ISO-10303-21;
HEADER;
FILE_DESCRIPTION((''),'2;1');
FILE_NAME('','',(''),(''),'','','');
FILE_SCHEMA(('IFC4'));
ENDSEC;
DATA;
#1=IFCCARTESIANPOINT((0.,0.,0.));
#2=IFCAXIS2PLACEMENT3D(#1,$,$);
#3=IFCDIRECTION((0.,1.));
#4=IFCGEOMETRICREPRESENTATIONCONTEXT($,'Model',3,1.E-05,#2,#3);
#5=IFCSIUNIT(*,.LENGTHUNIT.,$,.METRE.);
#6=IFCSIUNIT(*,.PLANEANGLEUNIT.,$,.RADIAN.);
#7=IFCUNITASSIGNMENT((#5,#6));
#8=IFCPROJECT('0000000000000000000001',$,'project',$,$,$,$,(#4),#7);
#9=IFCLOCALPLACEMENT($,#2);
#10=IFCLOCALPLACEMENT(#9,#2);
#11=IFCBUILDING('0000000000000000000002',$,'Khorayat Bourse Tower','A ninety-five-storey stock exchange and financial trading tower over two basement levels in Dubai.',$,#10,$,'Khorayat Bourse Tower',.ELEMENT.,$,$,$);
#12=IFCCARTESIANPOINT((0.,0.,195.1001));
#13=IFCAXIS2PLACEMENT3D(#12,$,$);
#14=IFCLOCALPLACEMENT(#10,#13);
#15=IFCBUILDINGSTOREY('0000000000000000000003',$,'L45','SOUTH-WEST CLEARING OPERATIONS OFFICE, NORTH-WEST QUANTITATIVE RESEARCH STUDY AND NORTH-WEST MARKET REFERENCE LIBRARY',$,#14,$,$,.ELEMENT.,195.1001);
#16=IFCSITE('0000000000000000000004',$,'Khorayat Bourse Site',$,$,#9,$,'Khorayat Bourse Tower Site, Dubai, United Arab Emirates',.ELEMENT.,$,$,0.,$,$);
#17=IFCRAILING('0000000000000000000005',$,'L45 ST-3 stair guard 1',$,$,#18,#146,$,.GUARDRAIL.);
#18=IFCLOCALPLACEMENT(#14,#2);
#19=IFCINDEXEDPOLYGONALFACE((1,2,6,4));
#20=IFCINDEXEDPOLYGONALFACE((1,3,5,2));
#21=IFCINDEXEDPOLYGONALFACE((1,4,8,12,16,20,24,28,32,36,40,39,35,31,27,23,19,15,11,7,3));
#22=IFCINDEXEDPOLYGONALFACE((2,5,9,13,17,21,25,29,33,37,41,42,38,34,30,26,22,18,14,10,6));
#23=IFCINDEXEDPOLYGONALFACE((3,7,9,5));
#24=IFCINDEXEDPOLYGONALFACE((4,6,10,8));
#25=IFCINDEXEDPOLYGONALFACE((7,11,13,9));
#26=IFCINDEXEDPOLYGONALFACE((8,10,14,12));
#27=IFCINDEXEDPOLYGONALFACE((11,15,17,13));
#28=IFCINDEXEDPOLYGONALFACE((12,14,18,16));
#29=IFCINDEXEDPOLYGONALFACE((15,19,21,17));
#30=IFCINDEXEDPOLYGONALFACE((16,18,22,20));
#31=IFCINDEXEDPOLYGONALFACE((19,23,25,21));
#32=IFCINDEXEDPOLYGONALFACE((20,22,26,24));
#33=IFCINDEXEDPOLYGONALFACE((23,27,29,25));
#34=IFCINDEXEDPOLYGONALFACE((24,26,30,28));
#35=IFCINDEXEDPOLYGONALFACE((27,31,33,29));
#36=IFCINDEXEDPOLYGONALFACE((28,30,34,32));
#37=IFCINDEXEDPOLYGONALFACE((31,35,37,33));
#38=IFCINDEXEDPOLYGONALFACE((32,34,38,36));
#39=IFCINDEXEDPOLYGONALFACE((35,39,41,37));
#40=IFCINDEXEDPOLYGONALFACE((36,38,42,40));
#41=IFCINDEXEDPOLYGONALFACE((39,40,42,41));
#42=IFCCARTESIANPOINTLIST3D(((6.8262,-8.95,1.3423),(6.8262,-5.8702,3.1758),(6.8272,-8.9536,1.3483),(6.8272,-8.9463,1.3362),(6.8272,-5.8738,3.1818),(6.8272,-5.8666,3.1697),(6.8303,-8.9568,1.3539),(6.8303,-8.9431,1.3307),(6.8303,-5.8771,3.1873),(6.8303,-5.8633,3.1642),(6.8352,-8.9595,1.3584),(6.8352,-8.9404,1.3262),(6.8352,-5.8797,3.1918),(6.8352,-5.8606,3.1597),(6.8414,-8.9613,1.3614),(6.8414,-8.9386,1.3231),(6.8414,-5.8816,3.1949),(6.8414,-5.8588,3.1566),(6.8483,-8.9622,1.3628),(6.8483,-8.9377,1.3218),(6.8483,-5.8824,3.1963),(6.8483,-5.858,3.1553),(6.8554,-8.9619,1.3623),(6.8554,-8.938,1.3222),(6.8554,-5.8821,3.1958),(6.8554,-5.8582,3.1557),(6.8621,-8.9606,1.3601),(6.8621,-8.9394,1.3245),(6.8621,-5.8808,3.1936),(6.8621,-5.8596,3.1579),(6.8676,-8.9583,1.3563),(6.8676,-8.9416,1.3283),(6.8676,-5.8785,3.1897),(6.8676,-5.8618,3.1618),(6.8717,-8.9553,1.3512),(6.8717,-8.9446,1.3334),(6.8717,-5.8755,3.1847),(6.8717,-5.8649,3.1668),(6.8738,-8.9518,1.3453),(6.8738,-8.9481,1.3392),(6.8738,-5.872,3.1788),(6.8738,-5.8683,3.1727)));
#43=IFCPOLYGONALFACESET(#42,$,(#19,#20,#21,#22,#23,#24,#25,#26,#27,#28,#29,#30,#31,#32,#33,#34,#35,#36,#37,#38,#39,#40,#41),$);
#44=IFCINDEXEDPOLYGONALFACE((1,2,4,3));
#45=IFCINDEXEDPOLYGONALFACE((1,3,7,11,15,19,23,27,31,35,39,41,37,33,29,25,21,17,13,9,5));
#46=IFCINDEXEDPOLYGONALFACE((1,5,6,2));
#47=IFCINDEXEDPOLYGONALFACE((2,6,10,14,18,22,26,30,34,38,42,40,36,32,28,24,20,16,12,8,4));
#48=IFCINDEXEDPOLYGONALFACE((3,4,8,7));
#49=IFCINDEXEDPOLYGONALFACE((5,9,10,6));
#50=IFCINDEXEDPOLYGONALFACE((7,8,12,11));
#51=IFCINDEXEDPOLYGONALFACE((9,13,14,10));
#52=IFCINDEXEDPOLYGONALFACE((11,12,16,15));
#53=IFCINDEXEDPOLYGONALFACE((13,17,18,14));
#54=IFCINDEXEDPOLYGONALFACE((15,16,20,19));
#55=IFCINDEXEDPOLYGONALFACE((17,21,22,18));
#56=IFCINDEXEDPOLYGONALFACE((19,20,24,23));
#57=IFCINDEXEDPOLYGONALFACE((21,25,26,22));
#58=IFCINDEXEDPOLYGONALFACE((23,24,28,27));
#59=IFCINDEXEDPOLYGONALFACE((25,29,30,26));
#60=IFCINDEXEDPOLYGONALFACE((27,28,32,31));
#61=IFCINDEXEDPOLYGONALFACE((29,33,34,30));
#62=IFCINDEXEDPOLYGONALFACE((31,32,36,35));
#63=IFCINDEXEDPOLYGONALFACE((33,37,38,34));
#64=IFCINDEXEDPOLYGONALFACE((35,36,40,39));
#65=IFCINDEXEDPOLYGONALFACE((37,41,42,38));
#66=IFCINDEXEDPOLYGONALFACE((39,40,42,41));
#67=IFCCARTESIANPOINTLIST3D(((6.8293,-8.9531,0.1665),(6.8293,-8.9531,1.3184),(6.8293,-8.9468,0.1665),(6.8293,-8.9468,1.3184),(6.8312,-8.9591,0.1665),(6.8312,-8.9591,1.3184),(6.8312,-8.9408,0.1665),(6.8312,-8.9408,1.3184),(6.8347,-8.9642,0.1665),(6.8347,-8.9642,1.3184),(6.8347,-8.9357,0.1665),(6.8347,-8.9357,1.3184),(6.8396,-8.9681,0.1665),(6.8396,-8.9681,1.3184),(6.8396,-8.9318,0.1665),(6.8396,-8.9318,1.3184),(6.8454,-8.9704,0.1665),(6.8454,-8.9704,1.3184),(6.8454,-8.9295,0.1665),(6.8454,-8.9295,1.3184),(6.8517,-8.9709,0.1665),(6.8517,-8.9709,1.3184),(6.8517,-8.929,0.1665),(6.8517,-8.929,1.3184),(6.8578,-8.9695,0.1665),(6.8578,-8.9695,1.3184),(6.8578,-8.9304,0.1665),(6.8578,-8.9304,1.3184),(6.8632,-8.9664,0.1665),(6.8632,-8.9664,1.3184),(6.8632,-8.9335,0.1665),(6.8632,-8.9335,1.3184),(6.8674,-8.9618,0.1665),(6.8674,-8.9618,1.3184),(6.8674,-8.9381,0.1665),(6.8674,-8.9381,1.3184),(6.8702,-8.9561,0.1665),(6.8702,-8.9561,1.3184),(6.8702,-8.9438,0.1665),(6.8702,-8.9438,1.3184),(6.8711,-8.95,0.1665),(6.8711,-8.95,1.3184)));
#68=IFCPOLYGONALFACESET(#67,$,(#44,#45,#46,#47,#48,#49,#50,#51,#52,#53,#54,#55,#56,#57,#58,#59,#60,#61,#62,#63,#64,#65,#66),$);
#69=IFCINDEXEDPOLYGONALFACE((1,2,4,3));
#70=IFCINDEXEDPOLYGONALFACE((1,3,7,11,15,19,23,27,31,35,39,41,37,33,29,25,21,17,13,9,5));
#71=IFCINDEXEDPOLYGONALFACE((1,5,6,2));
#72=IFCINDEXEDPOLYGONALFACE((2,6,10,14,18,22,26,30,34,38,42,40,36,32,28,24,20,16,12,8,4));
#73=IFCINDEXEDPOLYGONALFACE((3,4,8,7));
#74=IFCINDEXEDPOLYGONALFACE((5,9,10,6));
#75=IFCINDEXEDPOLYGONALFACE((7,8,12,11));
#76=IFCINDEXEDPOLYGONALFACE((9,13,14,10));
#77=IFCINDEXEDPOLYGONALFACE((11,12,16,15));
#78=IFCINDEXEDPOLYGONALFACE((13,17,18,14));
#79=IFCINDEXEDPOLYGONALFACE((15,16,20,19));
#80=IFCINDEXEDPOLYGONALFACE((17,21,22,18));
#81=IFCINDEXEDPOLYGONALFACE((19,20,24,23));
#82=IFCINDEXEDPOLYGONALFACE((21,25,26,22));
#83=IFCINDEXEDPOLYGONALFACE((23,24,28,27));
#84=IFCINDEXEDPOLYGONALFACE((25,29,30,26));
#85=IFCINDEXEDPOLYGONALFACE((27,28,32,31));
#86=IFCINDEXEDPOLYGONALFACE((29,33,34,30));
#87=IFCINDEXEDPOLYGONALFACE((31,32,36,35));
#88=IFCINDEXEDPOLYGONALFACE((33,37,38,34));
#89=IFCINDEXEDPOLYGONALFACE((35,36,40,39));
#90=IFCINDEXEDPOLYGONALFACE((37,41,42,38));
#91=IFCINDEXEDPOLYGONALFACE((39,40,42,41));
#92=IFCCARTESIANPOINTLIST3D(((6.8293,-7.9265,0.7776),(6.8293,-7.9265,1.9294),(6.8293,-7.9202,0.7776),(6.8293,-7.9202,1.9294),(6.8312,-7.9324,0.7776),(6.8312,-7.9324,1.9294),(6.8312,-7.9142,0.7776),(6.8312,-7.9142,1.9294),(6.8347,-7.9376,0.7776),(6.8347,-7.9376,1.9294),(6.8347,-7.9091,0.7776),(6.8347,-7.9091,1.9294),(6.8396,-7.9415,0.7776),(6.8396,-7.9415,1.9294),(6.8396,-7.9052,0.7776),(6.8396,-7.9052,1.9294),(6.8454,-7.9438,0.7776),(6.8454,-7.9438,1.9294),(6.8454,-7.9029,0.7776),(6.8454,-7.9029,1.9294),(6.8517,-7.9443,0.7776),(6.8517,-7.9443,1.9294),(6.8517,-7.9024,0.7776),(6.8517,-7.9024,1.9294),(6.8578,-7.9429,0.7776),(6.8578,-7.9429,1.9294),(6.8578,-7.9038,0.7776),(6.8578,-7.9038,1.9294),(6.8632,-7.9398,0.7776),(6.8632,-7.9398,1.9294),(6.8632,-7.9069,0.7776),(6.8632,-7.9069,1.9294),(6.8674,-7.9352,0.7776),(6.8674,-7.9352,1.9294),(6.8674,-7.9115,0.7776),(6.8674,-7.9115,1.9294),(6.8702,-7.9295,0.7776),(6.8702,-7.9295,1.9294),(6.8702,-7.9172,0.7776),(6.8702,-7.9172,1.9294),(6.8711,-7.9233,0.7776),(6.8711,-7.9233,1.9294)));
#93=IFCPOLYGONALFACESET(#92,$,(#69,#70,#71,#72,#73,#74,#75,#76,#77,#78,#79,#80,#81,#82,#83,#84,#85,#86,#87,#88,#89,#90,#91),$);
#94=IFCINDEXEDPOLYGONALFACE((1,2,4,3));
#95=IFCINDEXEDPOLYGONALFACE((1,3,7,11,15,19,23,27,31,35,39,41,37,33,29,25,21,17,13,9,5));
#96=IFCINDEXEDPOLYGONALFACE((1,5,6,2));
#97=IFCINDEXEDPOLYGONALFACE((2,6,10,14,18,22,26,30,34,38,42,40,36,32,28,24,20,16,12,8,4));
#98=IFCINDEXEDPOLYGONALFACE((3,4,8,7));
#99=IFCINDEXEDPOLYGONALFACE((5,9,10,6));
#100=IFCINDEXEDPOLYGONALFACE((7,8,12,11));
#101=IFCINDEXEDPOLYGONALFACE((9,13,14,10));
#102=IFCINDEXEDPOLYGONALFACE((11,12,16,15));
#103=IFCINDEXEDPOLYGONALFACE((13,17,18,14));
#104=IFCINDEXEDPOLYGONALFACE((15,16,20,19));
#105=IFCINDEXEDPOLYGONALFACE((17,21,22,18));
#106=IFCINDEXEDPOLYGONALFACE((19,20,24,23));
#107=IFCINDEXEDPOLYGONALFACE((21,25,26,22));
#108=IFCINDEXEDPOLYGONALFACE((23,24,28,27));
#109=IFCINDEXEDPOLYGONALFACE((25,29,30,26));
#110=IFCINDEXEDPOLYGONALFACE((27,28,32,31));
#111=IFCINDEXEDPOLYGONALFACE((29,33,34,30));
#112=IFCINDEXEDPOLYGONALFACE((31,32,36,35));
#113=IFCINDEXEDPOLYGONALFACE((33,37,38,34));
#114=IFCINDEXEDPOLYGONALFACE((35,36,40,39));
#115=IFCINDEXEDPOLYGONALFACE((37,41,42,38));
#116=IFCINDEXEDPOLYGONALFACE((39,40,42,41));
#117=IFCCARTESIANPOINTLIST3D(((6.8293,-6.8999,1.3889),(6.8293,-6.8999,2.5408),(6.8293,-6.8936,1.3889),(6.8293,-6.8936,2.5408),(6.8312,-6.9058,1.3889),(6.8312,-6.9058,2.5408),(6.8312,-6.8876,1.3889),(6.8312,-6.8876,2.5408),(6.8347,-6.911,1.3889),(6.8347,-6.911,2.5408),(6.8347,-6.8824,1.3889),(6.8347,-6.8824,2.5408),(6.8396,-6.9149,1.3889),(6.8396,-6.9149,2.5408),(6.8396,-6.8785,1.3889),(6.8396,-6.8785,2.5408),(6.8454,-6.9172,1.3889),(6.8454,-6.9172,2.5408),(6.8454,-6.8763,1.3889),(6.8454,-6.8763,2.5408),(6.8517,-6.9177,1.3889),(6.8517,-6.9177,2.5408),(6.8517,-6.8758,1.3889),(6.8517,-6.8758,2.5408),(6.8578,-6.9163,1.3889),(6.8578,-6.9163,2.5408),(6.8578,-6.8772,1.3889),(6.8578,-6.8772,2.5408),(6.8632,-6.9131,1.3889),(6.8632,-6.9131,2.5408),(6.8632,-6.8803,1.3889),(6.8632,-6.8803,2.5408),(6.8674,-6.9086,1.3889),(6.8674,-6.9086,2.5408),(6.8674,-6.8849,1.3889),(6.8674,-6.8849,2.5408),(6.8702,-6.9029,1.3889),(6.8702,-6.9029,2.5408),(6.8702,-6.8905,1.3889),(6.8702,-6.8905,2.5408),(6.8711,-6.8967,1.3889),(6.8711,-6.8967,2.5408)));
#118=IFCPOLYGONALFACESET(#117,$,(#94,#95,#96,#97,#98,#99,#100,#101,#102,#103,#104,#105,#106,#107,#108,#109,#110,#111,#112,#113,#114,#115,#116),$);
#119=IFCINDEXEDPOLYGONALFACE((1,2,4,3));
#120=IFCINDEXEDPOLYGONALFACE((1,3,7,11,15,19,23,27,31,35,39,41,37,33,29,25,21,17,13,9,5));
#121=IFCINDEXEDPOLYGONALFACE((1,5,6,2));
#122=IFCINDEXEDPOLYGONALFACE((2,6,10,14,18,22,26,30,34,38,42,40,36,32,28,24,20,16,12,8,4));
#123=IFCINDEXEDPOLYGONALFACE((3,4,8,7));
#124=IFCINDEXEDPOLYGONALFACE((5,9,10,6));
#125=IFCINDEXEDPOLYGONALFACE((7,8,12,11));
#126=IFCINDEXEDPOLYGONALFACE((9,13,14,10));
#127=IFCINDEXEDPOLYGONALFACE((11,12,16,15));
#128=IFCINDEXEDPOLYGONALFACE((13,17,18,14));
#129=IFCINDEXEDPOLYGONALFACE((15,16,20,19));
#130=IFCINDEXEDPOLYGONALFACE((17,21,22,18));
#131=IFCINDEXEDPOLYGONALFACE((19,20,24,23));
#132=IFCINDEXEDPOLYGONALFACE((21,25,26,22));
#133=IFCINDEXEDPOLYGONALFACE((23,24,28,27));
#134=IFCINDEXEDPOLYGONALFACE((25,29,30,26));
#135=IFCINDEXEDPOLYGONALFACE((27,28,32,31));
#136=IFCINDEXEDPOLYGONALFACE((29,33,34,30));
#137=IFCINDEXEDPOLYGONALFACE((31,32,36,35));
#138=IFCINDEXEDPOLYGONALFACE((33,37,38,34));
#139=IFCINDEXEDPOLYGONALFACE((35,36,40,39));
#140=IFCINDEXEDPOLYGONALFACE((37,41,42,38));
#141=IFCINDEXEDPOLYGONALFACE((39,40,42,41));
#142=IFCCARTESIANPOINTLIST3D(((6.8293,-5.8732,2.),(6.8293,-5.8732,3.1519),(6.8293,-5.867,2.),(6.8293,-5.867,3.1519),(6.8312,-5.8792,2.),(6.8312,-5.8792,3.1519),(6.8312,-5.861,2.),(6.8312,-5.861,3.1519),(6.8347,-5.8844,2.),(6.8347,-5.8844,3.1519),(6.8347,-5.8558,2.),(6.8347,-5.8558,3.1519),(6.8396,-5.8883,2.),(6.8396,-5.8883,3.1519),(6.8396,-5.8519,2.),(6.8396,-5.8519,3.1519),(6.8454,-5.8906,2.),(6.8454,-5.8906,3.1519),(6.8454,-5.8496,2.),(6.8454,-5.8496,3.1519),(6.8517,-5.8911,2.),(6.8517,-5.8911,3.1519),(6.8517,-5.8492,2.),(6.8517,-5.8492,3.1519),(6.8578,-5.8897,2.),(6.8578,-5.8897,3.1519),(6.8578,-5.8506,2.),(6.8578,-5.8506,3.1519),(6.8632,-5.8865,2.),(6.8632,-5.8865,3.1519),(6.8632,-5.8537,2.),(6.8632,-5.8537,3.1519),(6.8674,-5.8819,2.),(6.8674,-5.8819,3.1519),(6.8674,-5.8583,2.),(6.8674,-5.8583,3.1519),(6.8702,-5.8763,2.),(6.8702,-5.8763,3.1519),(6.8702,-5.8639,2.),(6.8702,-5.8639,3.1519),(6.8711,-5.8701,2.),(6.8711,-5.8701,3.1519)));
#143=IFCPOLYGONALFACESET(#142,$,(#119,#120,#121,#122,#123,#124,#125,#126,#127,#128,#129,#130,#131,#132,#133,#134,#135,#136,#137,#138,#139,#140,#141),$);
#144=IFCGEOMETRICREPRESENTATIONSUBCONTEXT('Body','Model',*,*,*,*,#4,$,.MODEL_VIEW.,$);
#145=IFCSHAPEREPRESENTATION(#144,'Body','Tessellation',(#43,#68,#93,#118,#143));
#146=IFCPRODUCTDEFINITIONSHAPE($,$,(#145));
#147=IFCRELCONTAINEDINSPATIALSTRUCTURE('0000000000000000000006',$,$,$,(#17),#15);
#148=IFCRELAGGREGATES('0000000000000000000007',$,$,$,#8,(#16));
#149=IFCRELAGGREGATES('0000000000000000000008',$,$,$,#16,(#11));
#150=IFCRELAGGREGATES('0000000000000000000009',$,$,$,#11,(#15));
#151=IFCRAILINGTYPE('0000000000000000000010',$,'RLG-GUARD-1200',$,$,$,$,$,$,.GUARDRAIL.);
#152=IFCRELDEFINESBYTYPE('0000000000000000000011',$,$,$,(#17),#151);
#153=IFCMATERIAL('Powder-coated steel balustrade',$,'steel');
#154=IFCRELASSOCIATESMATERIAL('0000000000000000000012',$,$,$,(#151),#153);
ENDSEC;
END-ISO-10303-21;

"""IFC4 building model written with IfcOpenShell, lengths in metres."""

from ifc_helpers import new_model, si_unit, direction, frame, origin, origin_2d, place, context, subcontext, project, spatial, circle, extrude, source, transform, mapped, material, type_object, element, save


model = new_model("IFC4")

# Units and contexts
model_context = context("Model", 3, precision=1e-05, world=origin(), true_north=direction((0.0, 1.0)))
body_context = subcontext(model_context, "Body", "Model", "MODEL_VIEW")
ifc_project = project(units=[si_unit("LENGTHUNIT", "METRE"), si_unit("PLANEANGLEUNIT", "RADIAN")], contexts=[model_context])

# Site, building, storey
site_placement = place(None, origin())
site = spatial("IfcSite", under=ifc_project, at=site_placement, Name="Khorayat Bourse Site", LongName="Khorayat Bourse Tower Site, Dubai, United Arab Emirates", CompositionType="ELEMENT", RefElevation=0.0)
building_placement = place(site_placement, origin())
building = spatial("IfcBuilding", under=site, at=building_placement, Name="Khorayat Bourse Tower", Description="A ninety-five-storey stock exchange and financial trading tower over two basement levels in Dubai.", LongName="Khorayat Bourse Tower", CompositionType="ELEMENT")
storey_placement = place(building_placement, frame((0.0, 0.0, 195.1001)))
storey = spatial("IfcBuildingStorey", under=building, at=storey_placement, Name="L45", Description="SOUTH-WEST CLEARING OPERATIONS OFFICE, NORTH-WEST QUANTITATIVE RESEARCH STUDY AND NORTH-WEST MARKET REFERENCE LIBRARY", CompositionType="ELEMENT", Elevation=195.1001)

# Railing
ifc_material_1 = material(Name="Powder-coated steel balustrade", Category="steel")
railing_type_1 = type_object("IfcRailingType", Name="RLG-GUARD-1200", PredefinedType="GUARDRAIL", material=ifc_material_1)
shared_shape_1 = source(origin(), body_context, "Body", "SweptSolid", [
    extrude(circle(Radius=0.0239, at=origin_2d()), frame((0.0, 0.0, 1.1758), z_axis=(0.0, 0.859261, 0.511538), x_axis=(-1.0, 0.0, 0.0)), (0.0, 0.0, 1.0), 3.5842),
    extrude(circle(Radius=0.021, at=origin_2d()), origin(), (0.0, 0.0, 1.0), 1.1519),
    extrude(circle(Radius=0.021, at=origin_2d()), frame((0.0, 1.0266, 0.6111)), (0.0, 0.0, 1.0), 1.1519),
    extrude(circle(Radius=0.021, at=origin_2d()), frame((0.0, 2.0532, 1.2224)), (0.0, 0.0, 1.0), 1.1519),
    extrude(circle(Radius=0.021, at=origin_2d()), frame((0.0, 3.0798, 1.8335)), (0.0, 0.0, 1.0), 1.1519),
])
railing_1_placement = place(storey_placement, frame((6.8501, -8.95, 0.1665)))
element("IfcRailing", 1, at=railing_1_placement, inside=storey, type_object=railing_type_1, Name="L45 ST-3 stair guard 1", PredefinedType="GUARDRAIL", context=body_context, shape_type="MappedRepresentation", body=[
    mapped(shared_shape_1, transform((0.0, 0.0, 0.0), scale=1.0)),
])

save(model, "model.ifc")
